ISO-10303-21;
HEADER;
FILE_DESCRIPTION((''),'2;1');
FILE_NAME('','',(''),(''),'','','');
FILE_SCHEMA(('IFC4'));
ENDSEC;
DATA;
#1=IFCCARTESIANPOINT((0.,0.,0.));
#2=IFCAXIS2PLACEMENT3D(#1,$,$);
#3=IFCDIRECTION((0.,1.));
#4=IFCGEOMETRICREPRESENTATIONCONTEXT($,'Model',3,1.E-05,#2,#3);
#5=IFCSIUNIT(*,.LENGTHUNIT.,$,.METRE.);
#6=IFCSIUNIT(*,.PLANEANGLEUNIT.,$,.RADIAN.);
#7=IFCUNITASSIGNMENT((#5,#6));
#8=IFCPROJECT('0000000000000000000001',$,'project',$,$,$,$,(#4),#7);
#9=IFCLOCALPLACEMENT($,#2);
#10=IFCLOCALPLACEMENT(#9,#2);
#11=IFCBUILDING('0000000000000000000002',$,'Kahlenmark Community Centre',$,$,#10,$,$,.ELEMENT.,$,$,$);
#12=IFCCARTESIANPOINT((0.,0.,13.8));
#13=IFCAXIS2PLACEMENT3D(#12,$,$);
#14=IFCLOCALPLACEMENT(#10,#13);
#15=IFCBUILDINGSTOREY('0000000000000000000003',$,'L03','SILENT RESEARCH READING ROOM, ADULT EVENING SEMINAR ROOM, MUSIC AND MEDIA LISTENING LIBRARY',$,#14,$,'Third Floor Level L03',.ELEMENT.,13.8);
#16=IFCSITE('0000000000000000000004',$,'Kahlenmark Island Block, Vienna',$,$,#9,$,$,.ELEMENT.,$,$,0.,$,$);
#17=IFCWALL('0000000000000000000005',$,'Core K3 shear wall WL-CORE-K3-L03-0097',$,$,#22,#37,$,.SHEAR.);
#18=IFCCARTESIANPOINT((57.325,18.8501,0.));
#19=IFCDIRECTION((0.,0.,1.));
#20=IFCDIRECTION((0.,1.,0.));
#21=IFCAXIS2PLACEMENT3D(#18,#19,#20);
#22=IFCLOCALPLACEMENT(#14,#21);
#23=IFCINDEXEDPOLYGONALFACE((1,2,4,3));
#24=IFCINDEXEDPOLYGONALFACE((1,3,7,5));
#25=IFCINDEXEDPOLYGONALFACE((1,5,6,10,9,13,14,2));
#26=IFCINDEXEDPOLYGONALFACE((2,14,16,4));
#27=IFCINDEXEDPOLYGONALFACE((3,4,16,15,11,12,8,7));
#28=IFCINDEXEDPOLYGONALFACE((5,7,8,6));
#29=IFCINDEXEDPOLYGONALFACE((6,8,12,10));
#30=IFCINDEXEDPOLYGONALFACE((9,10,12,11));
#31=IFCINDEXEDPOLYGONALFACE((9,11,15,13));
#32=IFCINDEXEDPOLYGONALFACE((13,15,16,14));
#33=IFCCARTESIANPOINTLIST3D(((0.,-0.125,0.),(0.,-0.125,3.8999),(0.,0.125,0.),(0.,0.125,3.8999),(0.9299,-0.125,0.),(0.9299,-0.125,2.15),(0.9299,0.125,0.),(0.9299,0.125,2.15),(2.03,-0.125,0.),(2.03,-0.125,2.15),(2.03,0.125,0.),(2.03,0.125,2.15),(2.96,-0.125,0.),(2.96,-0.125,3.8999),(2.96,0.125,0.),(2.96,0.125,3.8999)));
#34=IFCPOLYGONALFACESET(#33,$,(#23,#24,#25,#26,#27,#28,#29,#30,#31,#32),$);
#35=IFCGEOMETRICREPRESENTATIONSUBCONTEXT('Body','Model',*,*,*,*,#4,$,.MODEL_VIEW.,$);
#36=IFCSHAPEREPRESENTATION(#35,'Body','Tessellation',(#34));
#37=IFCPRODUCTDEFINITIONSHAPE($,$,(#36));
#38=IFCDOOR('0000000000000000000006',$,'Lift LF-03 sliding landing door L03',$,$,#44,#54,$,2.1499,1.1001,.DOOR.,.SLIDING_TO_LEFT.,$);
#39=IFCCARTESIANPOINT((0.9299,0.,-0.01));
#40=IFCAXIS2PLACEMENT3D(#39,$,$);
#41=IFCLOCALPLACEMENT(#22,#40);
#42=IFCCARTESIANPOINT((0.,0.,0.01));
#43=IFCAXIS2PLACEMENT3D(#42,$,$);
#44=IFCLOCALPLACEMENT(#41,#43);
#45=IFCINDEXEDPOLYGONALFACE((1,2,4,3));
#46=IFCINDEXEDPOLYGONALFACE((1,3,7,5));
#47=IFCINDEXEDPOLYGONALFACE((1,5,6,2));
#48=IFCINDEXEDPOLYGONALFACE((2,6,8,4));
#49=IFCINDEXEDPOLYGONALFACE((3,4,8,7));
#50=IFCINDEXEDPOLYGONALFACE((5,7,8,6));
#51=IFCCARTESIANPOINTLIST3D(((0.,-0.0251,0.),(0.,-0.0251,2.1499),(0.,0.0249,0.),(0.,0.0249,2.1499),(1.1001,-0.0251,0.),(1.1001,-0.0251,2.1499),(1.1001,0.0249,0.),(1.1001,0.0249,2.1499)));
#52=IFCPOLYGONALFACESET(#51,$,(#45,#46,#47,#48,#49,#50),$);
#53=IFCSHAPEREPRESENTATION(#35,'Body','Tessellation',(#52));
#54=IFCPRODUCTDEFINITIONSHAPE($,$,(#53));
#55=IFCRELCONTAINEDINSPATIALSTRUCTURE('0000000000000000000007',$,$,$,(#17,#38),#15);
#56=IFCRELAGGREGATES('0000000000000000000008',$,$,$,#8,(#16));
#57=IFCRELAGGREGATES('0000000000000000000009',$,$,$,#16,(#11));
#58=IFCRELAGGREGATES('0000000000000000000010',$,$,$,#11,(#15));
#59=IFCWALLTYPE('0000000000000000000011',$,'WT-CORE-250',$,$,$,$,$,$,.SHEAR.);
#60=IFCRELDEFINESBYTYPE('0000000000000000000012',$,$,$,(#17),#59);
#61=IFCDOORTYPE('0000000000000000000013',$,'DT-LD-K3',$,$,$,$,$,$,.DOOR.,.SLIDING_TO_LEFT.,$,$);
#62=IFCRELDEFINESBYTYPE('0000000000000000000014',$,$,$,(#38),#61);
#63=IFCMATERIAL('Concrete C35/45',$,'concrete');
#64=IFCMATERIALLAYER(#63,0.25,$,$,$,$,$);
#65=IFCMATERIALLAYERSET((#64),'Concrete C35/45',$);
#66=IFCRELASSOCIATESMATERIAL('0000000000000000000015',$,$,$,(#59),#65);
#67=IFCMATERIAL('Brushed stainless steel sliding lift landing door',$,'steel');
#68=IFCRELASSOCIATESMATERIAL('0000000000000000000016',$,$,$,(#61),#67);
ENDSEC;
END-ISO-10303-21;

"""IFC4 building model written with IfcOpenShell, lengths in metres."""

from ifc_helpers import new_model, si_unit, direction, frame, frame_2d, origin, place, context, subcontext, project, spatial, rectangle, extrude, material, layer, layer_set, type_object, element, fill, save


model = new_model("IFC4")

# Units and contexts
model_context = context("Model", 3, precision=1e-05, world=origin(), true_north=direction((0.0, 1.0)))
body_context = subcontext(model_context, "Body", "Model", "MODEL_VIEW")
ifc_project = project(units=[si_unit("LENGTHUNIT", "METRE"), si_unit("PLANEANGLEUNIT", "RADIAN")], contexts=[model_context])

# Site, building, storey
site_placement = place(None, origin())
site = spatial("IfcSite", under=ifc_project, at=site_placement, Name="Kahlenmark Island Block, Vienna", CompositionType="ELEMENT", RefElevation=0.0)
building_placement = place(site_placement, origin())
building = spatial("IfcBuilding", under=site, at=building_placement, Name="Kahlenmark Community Centre", CompositionType="ELEMENT")
storey_placement = place(building_placement, frame((0.0, 0.0, 13.8)))
storey = spatial("IfcBuildingStorey", under=building, at=storey_placement, Name="L03", Description="SILENT RESEARCH READING ROOM, ADULT EVENING SEMINAR ROOM, MUSIC AND MEDIA LISTENING LIBRARY", LongName="Third Floor Level L03", CompositionType="ELEMENT", Elevation=13.8)

# Shared definitions
ifc_material_1 = material(Name="Concrete C35/45", Category="concrete")
ifc_layer_1 = layer(ifc_material_1, 0.25)
ifc_layer_set_1 = layer_set([ifc_layer_1], Name="Concrete C35/45")
wall_type_1 = type_object("IfcWallType", Name="WT-CORE-250", PredefinedType="SHEAR", material=ifc_layer_set_1)

# Wall, opening, door
wall_1_placement = place(storey_placement, frame((57.325, 18.8501, 0.0), z_axis=(0.0, 0.0, 1.0), x_axis=(0.0, 1.0, 0.0)))
wall_1 = element("IfcWall", 1, at=wall_1_placement, inside=storey, type_object=wall_type_1, Name="Core K3 shear wall WL-CORE-K3-L03-0097", PredefinedType="SHEAR", context=body_context, shape_type="SweptSolid", body=[
    extrude(rectangle(XDim=2.96, YDim=0.25, at=frame_2d((1.48, 0.0))), origin(), (0.0, 0.0, 1.0), 3.8999),
])
opening_1_placement = place(wall_1_placement, frame((0.9299, 0.0, -0.01)))
opening_1 = element("IfcOpeningElement", 2, at=opening_1_placement, cuts=wall_1, PredefinedType="OPENING", context=body_context, shape_type="SweptSolid", body=[
    extrude(rectangle(XDim=1.1001, YDim=2.1599, at=frame_2d((0.55, 1.0801))), frame((0.0, 0.135, 0.0), z_axis=(0.0, -1.0, 0.0), x_axis=(1.0, 0.0, 0.0)), (0.0, 0.0, 1.0), 0.27),
])
ifc_material_2 = material(Name="Brushed stainless steel sliding lift landing door", Category="steel")
door_type_1 = type_object("IfcDoorType", Name="DT-LD-K3", OperationType="SLIDING_TO_LEFT", PredefinedType="DOOR", material=ifc_material_2)
door_1_placement = place(opening_1_placement, frame((0.0, 0.0, 0.01)))
door_1 = element("IfcDoor", 3, at=door_1_placement, inside=storey, type_object=door_type_1, Name="Lift LF-03 sliding landing door L03", OperationType="SLIDING_TO_LEFT", OverallHeight=2.1499, OverallWidth=1.1001, PredefinedType="DOOR", context=body_context, shape_type="SweptSolid", body=[
    extrude(rectangle(XDim=1.1001, YDim=2.1499, at=frame_2d((0.55, 1.075))), frame((0.0, 0.0249, 0.0), z_axis=(0.0, -1.0, 0.0), x_axis=(1.0, 0.0, 0.0)), (0.0, 0.0, 1.0), 0.05),
])
fill(opening_1, door_1)

save(model, "model.ifc")
